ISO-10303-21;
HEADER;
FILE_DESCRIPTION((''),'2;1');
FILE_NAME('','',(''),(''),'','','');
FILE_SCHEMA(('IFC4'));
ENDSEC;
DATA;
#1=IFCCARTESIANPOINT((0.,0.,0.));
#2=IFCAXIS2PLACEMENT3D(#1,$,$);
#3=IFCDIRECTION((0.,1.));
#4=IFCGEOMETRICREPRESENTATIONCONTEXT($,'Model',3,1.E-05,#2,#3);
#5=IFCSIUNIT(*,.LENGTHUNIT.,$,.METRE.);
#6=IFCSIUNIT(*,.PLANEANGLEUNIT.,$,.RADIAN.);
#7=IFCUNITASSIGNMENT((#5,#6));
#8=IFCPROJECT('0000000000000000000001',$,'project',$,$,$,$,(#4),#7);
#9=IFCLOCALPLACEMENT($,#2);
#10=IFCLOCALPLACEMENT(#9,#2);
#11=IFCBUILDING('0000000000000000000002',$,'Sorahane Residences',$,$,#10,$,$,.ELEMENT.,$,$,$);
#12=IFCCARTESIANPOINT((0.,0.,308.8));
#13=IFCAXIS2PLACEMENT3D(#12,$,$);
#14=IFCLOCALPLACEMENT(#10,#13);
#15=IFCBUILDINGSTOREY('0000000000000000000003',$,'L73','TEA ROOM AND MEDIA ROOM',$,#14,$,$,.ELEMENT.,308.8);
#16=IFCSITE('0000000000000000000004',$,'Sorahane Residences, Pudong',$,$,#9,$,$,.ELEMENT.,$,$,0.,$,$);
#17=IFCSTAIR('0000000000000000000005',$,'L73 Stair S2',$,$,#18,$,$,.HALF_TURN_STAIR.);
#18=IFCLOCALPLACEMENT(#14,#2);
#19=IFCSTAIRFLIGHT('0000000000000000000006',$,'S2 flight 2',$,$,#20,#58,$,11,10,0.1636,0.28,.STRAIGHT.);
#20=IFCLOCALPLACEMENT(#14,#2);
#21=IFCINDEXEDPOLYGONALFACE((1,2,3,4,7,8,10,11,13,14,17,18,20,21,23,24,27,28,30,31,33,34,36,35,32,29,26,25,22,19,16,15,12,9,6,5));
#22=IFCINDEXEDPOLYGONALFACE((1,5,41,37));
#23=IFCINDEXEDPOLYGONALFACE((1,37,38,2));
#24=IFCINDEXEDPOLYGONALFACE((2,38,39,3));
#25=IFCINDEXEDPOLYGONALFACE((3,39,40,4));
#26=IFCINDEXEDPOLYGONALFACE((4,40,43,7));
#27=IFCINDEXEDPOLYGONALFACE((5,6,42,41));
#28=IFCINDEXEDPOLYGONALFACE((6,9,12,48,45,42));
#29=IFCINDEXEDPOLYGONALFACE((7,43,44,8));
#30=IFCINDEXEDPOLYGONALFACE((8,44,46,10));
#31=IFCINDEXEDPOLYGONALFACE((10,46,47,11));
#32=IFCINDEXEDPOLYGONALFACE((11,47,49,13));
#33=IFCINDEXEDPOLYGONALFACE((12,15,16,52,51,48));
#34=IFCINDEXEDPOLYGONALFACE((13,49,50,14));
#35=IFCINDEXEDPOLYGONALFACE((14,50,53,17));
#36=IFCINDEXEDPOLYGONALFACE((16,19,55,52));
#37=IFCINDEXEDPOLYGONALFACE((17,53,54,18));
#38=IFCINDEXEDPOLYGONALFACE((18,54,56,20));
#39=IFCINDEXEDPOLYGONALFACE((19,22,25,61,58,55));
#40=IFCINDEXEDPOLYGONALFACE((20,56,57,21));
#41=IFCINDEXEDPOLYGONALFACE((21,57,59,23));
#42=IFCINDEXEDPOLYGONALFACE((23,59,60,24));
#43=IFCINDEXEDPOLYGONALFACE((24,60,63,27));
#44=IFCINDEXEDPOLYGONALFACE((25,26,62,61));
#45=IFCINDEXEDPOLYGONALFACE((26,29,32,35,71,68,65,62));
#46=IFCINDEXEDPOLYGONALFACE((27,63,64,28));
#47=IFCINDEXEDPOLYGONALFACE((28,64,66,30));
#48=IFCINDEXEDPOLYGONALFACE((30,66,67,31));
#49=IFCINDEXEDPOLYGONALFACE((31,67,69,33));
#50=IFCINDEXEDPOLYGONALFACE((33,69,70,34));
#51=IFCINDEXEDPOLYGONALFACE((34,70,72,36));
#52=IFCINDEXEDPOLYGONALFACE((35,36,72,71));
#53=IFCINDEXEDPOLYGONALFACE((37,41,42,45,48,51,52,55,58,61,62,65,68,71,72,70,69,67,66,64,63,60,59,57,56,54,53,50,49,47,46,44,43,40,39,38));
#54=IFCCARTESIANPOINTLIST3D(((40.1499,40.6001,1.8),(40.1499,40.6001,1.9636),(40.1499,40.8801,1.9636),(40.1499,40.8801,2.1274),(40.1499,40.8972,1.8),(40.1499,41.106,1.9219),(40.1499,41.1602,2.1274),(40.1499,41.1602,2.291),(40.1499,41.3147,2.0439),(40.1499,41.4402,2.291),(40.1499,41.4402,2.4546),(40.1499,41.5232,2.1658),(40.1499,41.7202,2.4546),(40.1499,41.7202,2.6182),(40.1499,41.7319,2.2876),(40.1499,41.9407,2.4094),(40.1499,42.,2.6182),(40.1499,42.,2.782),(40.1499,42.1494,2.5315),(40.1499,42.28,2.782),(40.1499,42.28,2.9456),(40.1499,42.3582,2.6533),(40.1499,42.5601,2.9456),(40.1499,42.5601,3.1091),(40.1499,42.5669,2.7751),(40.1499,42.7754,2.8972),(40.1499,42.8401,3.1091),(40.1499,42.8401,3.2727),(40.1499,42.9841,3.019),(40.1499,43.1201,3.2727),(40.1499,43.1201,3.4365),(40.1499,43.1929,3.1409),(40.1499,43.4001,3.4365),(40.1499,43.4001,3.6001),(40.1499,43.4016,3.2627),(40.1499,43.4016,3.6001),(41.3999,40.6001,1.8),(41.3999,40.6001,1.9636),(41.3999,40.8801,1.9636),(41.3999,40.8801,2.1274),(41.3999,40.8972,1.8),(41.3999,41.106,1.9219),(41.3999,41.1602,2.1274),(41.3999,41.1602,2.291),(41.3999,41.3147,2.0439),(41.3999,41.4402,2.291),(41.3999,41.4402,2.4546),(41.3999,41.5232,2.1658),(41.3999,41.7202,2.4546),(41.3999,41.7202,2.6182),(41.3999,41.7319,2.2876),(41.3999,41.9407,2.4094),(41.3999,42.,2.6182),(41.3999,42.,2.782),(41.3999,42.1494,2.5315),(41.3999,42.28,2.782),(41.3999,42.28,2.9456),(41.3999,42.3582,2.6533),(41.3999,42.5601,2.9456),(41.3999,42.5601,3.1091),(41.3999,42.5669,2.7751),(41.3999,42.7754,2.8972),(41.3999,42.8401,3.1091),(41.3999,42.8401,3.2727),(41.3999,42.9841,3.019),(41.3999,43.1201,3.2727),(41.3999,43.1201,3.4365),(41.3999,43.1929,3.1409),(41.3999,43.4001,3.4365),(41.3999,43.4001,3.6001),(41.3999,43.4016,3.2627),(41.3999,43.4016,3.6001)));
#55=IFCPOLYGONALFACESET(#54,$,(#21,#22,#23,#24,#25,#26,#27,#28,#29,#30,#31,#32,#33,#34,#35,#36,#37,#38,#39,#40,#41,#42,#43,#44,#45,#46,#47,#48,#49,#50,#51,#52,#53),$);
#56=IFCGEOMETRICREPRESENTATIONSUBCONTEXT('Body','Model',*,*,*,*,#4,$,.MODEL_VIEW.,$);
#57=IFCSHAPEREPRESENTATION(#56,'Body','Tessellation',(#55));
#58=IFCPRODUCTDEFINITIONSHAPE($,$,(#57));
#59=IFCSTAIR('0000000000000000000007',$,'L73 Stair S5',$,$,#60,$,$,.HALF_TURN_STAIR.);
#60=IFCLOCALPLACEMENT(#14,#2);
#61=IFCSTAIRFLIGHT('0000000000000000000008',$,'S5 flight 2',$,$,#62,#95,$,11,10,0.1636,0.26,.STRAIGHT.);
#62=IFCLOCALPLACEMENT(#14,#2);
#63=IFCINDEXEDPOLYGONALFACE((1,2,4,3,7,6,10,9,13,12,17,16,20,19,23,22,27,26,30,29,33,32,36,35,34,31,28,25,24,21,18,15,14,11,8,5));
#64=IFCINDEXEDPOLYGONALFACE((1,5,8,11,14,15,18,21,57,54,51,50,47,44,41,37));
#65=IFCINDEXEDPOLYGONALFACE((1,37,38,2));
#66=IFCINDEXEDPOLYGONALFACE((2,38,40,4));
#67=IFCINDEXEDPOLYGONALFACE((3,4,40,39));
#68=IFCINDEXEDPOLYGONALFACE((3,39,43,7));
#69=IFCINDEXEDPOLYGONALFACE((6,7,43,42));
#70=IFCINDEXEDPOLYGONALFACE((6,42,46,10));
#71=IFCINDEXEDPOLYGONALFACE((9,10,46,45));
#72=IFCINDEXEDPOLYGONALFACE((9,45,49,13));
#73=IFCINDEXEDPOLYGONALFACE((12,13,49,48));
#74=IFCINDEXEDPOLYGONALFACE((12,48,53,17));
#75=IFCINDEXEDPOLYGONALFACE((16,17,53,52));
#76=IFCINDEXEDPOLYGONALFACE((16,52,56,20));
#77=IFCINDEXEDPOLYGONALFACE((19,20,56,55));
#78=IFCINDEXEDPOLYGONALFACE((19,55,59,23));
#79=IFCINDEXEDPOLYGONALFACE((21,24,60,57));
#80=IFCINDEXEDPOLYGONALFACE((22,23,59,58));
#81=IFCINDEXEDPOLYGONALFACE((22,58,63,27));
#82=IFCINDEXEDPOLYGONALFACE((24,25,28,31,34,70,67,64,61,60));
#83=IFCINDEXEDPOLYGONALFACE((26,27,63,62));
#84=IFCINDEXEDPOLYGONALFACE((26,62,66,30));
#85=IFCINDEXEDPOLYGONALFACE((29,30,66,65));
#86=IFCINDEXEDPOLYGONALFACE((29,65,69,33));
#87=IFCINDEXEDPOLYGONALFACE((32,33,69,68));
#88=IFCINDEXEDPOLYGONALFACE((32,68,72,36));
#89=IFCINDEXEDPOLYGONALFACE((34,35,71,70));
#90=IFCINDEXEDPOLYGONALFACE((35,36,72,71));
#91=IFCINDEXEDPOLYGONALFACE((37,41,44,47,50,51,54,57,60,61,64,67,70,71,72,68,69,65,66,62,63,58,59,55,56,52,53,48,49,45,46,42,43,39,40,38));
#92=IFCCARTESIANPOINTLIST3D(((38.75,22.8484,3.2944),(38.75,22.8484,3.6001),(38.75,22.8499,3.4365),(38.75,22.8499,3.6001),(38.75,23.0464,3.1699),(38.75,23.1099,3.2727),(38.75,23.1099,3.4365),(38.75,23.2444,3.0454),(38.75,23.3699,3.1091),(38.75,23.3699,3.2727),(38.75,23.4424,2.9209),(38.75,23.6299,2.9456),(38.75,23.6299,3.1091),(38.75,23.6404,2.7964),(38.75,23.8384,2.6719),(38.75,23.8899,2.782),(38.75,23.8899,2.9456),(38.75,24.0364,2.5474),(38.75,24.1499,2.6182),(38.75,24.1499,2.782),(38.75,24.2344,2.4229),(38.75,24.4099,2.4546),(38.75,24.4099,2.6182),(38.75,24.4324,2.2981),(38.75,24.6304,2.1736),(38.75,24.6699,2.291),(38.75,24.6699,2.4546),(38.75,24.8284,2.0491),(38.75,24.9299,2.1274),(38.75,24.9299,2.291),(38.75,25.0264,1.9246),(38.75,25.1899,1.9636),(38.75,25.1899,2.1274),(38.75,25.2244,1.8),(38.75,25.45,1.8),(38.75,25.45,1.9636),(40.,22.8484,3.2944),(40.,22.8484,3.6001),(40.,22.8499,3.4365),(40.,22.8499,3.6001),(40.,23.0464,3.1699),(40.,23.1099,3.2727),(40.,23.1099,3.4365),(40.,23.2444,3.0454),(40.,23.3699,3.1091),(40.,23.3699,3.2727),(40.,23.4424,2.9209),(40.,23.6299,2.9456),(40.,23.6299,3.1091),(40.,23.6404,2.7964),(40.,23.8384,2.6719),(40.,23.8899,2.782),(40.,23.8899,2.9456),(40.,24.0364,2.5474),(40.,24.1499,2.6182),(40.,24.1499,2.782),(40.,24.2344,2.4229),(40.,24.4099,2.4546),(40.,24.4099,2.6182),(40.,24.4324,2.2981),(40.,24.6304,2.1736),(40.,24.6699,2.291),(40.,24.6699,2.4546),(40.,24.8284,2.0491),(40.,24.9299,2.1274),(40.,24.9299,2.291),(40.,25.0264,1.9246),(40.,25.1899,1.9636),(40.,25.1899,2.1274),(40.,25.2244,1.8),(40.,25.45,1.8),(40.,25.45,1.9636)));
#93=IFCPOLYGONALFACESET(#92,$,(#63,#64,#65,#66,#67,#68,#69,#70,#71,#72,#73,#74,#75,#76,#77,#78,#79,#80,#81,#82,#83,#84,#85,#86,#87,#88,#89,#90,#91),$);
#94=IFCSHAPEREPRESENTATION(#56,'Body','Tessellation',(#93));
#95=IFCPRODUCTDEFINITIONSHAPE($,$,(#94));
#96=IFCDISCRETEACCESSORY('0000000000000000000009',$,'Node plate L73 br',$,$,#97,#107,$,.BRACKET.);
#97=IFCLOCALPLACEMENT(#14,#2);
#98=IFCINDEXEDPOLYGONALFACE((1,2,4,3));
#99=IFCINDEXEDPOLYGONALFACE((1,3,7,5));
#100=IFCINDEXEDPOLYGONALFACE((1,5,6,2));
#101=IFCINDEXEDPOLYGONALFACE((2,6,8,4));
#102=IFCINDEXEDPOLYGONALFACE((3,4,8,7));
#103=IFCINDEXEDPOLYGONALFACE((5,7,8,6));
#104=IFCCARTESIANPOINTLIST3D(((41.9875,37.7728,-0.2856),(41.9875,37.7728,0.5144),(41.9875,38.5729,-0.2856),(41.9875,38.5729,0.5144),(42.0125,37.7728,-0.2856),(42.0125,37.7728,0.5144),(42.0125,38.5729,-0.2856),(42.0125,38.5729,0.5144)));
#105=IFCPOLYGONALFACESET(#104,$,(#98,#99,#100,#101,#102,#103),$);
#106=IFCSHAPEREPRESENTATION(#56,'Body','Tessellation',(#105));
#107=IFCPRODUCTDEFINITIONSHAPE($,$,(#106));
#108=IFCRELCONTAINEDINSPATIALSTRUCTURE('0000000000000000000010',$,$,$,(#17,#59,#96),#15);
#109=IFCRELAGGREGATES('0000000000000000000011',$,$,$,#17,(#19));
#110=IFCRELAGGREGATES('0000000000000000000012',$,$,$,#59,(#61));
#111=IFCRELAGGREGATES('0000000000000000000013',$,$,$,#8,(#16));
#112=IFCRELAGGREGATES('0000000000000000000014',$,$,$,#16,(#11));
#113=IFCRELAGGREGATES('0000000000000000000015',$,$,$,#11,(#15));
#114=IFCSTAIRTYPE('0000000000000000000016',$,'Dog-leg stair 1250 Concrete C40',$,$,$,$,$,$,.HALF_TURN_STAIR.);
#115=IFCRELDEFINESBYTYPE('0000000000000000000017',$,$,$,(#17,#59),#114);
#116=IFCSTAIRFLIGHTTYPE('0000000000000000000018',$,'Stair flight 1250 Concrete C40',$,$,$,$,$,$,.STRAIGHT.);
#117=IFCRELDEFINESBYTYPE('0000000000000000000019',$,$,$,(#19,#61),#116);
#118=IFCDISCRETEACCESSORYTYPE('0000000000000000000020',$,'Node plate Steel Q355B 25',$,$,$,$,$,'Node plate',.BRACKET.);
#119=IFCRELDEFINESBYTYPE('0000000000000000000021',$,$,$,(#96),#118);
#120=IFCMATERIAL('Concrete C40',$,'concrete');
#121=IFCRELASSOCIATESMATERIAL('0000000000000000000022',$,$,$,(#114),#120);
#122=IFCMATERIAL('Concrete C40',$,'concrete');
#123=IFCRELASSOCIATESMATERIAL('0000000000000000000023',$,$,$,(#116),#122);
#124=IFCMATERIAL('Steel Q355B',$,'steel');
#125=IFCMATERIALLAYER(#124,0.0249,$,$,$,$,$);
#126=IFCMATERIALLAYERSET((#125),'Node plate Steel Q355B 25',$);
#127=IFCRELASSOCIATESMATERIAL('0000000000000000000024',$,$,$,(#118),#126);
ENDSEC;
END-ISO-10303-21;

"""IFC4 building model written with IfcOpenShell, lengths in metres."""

from ifc_helpers import new_model, si_unit, direction, frame, origin, origin_2d, place, context, subcontext, project, spatial, polyline, rectangle, outline, extrude, material, layer, layer_set, type_object, element, aggregate, save


model = new_model("IFC4")

# Units and contexts
model_context = context("Model", 3, precision=1e-05, world=origin(), true_north=direction((0.0, 1.0)))
body_context = subcontext(model_context, "Body", "Model", "MODEL_VIEW")
ifc_project = project(units=[si_unit("LENGTHUNIT", "METRE"), si_unit("PLANEANGLEUNIT", "RADIAN")], contexts=[model_context])

# Site, building, storey
site_placement = place(None, origin())
site = spatial("IfcSite", under=ifc_project, at=site_placement, Name="Sorahane Residences, Pudong", CompositionType="ELEMENT", RefElevation=0.0)
building_placement = place(site_placement, origin())
building = spatial("IfcBuilding", under=site, at=building_placement, Name="Sorahane Residences", CompositionType="ELEMENT")
storey_placement = place(building_placement, frame((0.0, 0.0, 308.8)))
storey = spatial("IfcBuildingStorey", under=building, at=storey_placement, Name="L73", Description="TEA ROOM AND MEDIA ROOM", CompositionType="ELEMENT", Elevation=308.8)

# Stairs, stair flights
ifc_material_1 = material(Name="Concrete C40", Category="concrete")
stair_type = type_object("IfcStairType", Name="Dog-leg stair 1250 Concrete C40", PredefinedType="HALF_TURN_STAIR", material=ifc_material_1)
stair_1_placement = place(storey_placement, origin())
stair_1 = element("IfcStair", 1, at=stair_1_placement, inside=storey, type_object=stair_type, Name="L73 Stair S2", PredefinedType="HALF_TURN_STAIR")
ifc_material_2 = material(Name="Concrete C40", Category="concrete")
stair_flight_type = type_object("IfcStairFlightType", Name="Stair flight 1250 Concrete C40", PredefinedType="STRAIGHT", material=ifc_material_2)
stair_flight_1_placement = place(storey_placement, frame((40.7749, 40.6001, 1.8), z_axis=(0.0, 0.0, 1.0), x_axis=(0.0, 1.0, 0.0)))
stair_flight_1 = element("IfcStairFlight", 2, at=stair_flight_1_placement, type_object=stair_flight_type, Name="S2 flight 2", NumberOfRisers=11, NumberOfTreads=10, PredefinedType="STRAIGHT", RiserHeight=0.1636, TreadLength=0.28, context=body_context, shape_type="SweptSolid", body=[
    extrude(outline(polyline([(0.0, 0.0), (0.0, 0.1636), (0.28, 0.1636), (0.28, 0.3274), (0.5601, 0.3274), (0.5601, 0.491), (0.8401, 0.491), (0.8401, 0.6545), (1.1201, 0.6545), (1.1201, 0.8181), (1.3999, 0.8181), (1.3999, 0.9819), (1.6799, 0.9819), (1.6799, 1.1455), (1.96, 1.1455), (1.96, 1.3091), (2.24, 1.3091), (2.24, 1.4727), (2.52, 1.4727), (2.52, 1.6365), (2.8, 1.6365), (2.8, 1.8), (2.8015, 1.8), (2.8015, 1.4626), (2.5928, 1.3408), (2.384, 1.219), (2.1753, 1.0972), (1.9668, 0.9751), (1.7581, 0.8533), (1.5493, 0.7314), (1.3406, 0.6094), (1.1318, 0.4875), (0.9231, 0.3657), (0.7146, 0.2439), (0.5059, 0.1218), (0.2971, 0.0), (0.0, 0.0)])), frame((0.0, 0.625, 0.0), z_axis=(0.0, -1.0, 0.0), x_axis=(1.0, 0.0, 0.0)), (0.0, 0.0, 1.0), 1.25),
])
aggregate(stair_1, [stair_flight_1])
stair_2_placement = place(storey_placement, origin())
stair_2 = element("IfcStair", 3, at=stair_2_placement, inside=storey, type_object=stair_type, Name="L73 Stair S5", PredefinedType="HALF_TURN_STAIR")
stair_flight_2_placement = place(storey_placement, frame((39.375, 25.45, 1.8), z_axis=(0.0, 0.0, 1.0), x_axis=(0.0, -1.0, 0.0)))
stair_flight_2 = element("IfcStairFlight", 4, at=stair_flight_2_placement, type_object=stair_flight_type, Name="S5 flight 2", NumberOfRisers=11, NumberOfTreads=10, PredefinedType="STRAIGHT", RiserHeight=0.1636, TreadLength=0.26, context=body_context, shape_type="SweptSolid", body=[
    extrude(outline(polyline([(0.0, 0.0), (0.0, 0.1636), (0.26, 0.1636), (0.26, 0.3274), (0.52, 0.3274), (0.52, 0.491), (0.78, 0.491), (0.78, 0.6545), (1.04, 0.6545), (1.04, 0.8181), (1.3, 0.8181), (1.3, 0.9819), (1.5601, 0.9819), (1.5601, 1.1455), (1.8201, 1.1455), (1.8201, 1.3091), (2.0801, 1.3091), (2.0801, 1.4727), (2.3401, 1.4727), (2.3401, 1.6365), (2.6001, 1.6365), (2.6001, 1.8), (2.6016, 1.8), (2.6016, 1.4944), (2.4036, 1.3699), (2.2056, 1.2454), (2.0076, 1.1208), (1.8096, 0.9963), (1.6116, 0.8718), (1.4136, 0.7473), (1.2156, 0.6228), (1.0176, 0.498), (0.8196, 0.3735), (0.6216, 0.249), (0.4236, 0.1245), (0.2256, 0.0), (0.0, 0.0)])), frame((0.0, 0.625, 0.0), z_axis=(0.0, -1.0, 0.0), x_axis=(1.0, 0.0, 0.0)), (0.0, 0.0, 1.0), 1.25),
])
aggregate(stair_2, [stair_flight_2])

# Discrete accessory
ifc_material_3 = material(Name="Steel Q355B", Category="steel")
ifc_layer_1 = layer(ifc_material_3, 0.0249)
ifc_layer_set_1 = layer_set([ifc_layer_1], Name="Node plate Steel Q355B 25")
discrete_accessory_type = type_object("IfcDiscreteAccessoryType", Name="Node plate Steel Q355B 25", ElementType="Node plate", PredefinedType="BRACKET", material=ifc_layer_set_1)
discrete_accessory_placement = place(storey_placement, frame((42.0, 38.1729, -0.2856), z_axis=(0.0, 0.0, 1.0), x_axis=(0.0, 1.0, 0.0)))
element("IfcDiscreteAccessory", 5, at=discrete_accessory_placement, inside=storey, type_object=discrete_accessory_type, Name="Node plate L73 br", PredefinedType="BRACKET", context=body_context, shape_type="SweptSolid", body=[
    extrude(rectangle(XDim=0.8, YDim=0.0249, at=origin_2d()), origin(), (0.0, 0.0, 1.0), 0.8),
])

save(model, "model.ifc")
